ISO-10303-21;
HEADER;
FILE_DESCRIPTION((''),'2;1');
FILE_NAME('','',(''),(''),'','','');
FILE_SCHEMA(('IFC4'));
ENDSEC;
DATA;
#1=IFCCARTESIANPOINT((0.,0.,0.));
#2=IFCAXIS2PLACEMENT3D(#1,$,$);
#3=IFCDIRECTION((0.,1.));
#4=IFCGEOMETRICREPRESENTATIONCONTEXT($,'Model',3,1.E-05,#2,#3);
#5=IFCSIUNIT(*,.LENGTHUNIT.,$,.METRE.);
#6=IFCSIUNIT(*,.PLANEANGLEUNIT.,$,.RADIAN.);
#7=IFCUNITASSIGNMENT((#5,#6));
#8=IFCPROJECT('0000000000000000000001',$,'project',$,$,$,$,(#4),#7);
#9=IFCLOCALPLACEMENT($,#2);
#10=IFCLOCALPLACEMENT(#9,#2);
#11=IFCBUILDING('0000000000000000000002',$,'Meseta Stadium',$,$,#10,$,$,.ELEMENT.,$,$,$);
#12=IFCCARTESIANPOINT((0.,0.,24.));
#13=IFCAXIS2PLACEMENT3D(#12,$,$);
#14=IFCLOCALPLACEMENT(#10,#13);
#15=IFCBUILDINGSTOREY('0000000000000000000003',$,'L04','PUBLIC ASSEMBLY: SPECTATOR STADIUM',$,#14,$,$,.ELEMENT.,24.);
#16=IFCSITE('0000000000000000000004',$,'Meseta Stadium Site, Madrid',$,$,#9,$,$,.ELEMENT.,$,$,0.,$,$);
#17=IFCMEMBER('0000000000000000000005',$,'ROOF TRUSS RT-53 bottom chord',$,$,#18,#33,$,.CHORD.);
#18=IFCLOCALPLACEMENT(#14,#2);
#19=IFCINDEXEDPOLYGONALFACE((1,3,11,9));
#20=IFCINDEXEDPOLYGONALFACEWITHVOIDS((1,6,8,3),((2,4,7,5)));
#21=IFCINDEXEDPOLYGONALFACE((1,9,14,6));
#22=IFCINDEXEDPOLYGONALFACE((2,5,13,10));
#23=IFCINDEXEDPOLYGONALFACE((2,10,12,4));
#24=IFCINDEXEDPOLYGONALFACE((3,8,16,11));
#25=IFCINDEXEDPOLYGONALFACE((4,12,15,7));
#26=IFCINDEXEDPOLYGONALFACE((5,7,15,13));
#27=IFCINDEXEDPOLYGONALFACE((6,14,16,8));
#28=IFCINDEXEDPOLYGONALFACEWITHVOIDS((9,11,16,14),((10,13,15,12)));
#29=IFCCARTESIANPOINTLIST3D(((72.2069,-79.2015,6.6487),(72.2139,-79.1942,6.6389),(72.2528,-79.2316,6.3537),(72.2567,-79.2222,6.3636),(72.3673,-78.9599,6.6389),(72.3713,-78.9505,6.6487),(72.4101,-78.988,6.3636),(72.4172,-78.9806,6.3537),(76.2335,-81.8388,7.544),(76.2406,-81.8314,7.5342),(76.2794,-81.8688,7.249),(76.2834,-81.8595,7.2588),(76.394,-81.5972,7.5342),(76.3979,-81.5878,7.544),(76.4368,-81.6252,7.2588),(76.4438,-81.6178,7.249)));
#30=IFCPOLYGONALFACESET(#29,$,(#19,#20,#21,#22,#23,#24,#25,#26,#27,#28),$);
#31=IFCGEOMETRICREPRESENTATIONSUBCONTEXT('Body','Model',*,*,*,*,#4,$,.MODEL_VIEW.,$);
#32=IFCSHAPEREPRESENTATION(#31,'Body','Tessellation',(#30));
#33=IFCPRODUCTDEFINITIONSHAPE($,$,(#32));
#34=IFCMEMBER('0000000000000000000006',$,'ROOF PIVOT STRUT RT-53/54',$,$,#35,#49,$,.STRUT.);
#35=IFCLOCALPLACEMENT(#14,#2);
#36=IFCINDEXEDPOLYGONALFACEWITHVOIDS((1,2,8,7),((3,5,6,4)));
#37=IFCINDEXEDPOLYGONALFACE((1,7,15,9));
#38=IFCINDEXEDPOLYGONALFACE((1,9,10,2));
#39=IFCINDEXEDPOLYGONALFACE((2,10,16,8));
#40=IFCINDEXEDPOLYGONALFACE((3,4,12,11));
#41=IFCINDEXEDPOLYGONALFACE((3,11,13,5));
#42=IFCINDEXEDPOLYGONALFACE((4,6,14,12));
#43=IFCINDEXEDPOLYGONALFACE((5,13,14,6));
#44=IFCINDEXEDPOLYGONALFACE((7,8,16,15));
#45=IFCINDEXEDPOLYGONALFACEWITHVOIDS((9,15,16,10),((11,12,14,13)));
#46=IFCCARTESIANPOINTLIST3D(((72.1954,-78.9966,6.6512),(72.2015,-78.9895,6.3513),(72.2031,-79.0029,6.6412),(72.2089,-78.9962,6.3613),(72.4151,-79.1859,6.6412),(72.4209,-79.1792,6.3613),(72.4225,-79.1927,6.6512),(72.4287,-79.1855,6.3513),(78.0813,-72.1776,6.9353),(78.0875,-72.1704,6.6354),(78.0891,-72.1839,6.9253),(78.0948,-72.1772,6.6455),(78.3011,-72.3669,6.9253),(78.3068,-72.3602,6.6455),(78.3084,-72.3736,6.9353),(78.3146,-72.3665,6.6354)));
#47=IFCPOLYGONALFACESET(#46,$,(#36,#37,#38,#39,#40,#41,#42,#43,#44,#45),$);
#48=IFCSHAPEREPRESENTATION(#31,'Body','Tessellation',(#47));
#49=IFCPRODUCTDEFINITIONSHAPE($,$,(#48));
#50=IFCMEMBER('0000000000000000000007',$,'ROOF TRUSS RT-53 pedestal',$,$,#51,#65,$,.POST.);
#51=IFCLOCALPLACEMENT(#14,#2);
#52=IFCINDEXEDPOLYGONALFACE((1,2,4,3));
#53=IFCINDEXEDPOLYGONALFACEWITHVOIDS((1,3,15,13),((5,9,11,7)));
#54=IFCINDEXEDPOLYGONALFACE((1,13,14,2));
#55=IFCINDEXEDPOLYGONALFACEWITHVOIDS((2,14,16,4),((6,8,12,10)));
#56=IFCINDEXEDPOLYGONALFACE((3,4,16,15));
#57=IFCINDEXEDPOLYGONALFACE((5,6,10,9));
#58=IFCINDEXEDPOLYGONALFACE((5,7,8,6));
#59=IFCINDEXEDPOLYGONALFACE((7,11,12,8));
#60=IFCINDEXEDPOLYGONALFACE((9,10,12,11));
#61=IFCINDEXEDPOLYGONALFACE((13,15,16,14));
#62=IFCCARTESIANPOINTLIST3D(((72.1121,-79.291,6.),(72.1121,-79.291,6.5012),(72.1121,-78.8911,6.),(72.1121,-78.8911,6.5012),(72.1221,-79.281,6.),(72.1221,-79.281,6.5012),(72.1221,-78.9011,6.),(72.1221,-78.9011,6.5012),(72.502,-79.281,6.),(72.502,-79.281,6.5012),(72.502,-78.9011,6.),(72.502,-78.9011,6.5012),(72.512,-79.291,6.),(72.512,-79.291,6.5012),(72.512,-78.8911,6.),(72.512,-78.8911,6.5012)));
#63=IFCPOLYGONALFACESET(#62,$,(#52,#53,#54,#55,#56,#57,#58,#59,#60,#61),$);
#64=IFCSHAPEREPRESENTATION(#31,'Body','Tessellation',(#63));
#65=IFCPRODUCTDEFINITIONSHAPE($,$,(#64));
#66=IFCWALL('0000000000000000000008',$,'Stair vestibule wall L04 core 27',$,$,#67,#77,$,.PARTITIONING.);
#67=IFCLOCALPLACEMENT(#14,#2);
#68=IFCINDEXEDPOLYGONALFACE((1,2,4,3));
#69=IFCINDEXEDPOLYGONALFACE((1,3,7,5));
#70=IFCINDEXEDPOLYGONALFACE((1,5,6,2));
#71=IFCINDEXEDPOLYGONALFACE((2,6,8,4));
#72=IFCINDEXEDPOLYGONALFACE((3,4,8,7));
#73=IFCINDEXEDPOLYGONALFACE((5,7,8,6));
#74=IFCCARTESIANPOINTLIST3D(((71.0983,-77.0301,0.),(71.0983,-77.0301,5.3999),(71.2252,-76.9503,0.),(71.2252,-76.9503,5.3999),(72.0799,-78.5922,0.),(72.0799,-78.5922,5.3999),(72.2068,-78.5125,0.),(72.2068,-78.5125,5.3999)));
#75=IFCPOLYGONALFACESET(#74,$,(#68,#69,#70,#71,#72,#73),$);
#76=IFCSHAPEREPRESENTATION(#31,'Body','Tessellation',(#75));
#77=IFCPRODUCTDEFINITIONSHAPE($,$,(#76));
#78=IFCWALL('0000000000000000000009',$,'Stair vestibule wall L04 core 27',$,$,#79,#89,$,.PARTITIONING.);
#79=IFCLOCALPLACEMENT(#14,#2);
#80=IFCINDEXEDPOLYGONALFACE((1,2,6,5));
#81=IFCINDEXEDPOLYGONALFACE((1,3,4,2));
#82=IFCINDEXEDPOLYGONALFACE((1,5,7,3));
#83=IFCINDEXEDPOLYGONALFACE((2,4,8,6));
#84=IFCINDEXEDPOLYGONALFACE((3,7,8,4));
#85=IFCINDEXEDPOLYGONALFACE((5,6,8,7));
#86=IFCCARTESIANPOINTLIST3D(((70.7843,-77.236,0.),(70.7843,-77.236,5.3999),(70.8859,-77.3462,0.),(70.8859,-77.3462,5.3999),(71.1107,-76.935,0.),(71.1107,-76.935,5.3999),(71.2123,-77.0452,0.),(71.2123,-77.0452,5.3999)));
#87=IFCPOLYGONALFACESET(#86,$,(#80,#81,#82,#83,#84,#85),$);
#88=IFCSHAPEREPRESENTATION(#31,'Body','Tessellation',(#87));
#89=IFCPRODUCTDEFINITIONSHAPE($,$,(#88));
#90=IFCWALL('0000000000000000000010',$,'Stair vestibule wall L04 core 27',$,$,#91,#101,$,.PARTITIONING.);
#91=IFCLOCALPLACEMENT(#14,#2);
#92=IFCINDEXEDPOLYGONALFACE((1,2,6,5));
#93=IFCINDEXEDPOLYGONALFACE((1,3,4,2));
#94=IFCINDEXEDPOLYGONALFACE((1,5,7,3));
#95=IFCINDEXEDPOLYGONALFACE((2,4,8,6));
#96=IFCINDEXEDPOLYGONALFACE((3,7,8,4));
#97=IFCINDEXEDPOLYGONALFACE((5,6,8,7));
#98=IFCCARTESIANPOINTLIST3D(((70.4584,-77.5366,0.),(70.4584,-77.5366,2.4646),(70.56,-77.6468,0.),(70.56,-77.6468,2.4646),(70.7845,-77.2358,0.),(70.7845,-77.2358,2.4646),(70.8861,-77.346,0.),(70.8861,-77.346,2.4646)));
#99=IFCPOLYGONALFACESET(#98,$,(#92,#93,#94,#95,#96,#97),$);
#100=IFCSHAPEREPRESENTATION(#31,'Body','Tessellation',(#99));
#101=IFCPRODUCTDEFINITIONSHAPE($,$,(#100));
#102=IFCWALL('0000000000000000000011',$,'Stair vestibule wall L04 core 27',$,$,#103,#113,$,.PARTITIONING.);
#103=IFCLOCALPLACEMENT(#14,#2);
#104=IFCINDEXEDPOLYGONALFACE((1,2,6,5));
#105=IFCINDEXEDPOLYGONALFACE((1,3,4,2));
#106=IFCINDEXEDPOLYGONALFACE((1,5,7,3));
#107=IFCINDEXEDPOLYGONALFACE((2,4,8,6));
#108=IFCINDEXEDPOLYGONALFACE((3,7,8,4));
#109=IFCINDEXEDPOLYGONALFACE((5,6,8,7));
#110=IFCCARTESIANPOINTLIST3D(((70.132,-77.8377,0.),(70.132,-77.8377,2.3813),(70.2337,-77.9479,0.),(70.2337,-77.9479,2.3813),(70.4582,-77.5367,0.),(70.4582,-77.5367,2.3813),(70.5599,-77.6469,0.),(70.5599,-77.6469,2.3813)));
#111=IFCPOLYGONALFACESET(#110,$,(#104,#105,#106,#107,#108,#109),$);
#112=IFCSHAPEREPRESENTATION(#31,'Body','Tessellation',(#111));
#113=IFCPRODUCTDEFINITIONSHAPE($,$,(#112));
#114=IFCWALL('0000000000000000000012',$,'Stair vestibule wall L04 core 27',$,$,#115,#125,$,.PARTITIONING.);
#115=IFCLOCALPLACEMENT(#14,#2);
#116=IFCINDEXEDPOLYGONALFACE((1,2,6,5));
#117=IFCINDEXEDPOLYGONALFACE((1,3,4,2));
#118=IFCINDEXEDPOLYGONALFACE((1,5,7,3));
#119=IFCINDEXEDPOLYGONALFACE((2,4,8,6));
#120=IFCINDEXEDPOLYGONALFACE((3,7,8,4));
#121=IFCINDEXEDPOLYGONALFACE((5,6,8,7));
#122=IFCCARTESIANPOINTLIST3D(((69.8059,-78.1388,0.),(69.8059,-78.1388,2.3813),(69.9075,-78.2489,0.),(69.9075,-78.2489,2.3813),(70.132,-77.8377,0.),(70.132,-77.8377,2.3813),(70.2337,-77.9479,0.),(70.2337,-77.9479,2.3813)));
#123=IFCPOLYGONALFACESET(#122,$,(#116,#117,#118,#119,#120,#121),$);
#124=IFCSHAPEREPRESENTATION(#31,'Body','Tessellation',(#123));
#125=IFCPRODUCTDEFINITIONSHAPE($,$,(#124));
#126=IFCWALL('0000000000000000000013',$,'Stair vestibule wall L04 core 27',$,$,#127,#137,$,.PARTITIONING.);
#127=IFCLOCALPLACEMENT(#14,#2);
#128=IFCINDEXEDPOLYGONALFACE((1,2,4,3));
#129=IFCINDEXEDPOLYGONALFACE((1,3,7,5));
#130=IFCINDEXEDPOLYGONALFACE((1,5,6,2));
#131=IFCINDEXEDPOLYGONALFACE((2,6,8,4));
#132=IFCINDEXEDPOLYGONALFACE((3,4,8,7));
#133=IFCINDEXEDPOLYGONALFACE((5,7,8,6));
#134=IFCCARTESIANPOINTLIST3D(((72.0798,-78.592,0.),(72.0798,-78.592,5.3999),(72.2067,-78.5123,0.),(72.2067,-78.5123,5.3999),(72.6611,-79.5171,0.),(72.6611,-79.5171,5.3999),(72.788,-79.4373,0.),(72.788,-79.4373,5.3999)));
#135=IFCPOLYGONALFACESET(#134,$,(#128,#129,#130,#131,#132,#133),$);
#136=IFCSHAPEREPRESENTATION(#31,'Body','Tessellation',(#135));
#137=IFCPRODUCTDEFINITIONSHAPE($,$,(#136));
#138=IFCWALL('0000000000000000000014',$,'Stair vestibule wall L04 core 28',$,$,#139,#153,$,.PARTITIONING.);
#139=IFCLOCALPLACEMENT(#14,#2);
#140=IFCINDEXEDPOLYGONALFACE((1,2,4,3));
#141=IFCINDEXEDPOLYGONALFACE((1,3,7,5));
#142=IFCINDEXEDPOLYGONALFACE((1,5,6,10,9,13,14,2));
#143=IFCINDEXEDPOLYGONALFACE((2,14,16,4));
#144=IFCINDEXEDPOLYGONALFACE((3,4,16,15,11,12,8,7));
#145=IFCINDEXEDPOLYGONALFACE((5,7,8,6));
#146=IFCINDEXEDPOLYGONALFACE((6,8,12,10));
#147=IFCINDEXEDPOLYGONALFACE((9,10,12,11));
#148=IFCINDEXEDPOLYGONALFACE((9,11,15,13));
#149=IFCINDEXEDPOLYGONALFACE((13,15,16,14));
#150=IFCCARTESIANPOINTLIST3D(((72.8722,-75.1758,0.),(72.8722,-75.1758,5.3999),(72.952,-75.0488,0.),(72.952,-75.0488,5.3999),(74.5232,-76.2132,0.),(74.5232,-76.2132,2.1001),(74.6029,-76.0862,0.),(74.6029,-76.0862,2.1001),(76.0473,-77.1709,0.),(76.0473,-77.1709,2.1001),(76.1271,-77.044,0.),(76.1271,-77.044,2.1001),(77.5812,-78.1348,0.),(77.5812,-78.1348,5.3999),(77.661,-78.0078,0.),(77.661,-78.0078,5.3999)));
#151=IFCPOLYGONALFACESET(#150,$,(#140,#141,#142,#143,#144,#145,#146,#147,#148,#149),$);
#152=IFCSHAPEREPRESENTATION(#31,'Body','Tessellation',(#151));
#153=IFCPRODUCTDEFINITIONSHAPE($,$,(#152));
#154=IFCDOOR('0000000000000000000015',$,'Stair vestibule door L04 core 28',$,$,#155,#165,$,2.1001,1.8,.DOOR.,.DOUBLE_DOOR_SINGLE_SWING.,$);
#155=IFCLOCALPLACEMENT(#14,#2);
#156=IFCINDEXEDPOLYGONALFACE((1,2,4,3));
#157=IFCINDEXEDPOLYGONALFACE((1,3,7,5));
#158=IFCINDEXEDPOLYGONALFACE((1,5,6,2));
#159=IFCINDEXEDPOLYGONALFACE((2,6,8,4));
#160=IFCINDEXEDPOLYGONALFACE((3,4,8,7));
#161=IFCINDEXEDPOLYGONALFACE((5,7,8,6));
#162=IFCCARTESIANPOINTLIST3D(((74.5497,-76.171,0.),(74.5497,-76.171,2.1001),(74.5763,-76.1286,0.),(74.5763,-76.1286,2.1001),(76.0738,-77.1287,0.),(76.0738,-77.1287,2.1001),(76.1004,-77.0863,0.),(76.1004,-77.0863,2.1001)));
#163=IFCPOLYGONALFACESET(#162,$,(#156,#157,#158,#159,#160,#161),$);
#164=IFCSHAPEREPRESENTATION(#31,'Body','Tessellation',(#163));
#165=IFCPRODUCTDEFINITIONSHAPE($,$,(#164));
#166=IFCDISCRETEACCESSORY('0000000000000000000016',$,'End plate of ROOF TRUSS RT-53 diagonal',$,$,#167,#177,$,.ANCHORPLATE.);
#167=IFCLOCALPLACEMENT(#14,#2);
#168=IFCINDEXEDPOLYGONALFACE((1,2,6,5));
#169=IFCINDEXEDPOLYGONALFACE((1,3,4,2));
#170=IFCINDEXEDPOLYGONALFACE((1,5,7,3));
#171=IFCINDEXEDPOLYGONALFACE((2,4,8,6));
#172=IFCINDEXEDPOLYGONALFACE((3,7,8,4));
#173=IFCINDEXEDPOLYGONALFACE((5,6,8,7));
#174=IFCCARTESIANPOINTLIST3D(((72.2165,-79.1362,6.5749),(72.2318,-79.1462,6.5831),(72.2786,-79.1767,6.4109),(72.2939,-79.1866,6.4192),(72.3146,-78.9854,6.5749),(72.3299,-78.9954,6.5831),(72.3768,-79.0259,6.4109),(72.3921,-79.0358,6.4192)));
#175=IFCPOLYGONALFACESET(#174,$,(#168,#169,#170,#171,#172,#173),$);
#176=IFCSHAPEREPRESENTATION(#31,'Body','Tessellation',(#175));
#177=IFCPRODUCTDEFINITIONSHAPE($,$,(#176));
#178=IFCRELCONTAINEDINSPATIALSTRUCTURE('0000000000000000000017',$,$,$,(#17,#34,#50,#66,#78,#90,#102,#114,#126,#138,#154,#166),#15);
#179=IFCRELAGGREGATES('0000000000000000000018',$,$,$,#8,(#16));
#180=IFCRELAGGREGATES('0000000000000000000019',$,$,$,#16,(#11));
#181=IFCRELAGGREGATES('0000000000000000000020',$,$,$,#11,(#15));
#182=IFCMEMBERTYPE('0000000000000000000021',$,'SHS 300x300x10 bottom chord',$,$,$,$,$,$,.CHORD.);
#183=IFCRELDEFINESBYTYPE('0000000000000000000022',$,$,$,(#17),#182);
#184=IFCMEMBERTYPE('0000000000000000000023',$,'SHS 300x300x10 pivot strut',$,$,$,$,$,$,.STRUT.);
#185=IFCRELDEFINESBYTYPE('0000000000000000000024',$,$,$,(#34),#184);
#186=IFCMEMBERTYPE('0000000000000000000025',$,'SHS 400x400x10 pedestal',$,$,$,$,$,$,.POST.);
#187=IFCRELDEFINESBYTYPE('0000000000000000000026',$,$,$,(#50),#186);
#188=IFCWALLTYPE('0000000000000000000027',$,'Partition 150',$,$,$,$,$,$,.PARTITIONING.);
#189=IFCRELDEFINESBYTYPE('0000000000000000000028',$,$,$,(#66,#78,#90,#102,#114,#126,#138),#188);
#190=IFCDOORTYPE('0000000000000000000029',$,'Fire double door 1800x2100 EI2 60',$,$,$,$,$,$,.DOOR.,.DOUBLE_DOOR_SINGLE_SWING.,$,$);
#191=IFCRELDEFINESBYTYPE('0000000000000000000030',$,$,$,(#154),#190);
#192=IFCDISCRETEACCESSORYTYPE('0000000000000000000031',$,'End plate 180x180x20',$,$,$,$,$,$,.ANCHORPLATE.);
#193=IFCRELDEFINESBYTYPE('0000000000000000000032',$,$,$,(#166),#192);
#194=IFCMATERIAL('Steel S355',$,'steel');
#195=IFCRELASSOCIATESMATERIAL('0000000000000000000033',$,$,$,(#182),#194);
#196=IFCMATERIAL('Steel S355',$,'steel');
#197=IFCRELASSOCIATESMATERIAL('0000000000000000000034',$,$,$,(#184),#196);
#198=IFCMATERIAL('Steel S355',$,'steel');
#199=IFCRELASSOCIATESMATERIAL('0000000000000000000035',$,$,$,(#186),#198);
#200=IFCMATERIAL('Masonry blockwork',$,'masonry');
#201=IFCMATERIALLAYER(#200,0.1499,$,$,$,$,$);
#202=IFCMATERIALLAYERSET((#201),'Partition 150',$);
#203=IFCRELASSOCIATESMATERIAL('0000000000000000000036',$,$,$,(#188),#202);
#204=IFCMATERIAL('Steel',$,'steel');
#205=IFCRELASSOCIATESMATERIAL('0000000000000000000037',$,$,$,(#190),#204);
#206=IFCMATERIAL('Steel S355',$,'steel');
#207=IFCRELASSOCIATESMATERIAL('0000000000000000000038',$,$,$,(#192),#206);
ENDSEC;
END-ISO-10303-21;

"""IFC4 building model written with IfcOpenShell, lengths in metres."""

from ifc_helpers import new_model, si_unit, direction, frame, frame_2d, origin, origin_2d, place, context, subcontext, project, spatial, rectangle, hollow_rectangle, extrude, material, layer, layer_set, material_profile, profile_set, type_object, element, fill, save


model = new_model("IFC4")

# Units and contexts
model_context = context("Model", 3, precision=1e-05, world=origin(), true_north=direction((0.0, 1.0)))
body_context = subcontext(model_context, "Body", "Model", "MODEL_VIEW")
ifc_project = project(units=[si_unit("LENGTHUNIT", "METRE"), si_unit("PLANEANGLEUNIT", "RADIAN")], contexts=[model_context])

# Site, building, storey
site_placement = place(None, origin())
site = spatial("IfcSite", under=ifc_project, at=site_placement, Name="Meseta Stadium Site, Madrid", CompositionType="ELEMENT", RefElevation=0.0)
building_placement = place(site_placement, origin())
building = spatial("IfcBuilding", under=site, at=building_placement, Name="Meseta Stadium", CompositionType="ELEMENT")
storey_placement = place(building_placement, frame((0.0, 0.0, 24.0)))
storey = spatial("IfcBuildingStorey", under=building, at=storey_placement, Name="L04", Description="PUBLIC ASSEMBLY: SPECTATOR STADIUM", CompositionType="ELEMENT", Elevation=24.0)

# Members
ifc_material_1 = material(Name="Steel S355", Category="steel")
ifc_material_profile_1 = material_profile(ifc_material_1, hollow_rectangle(XDim=0.3, YDim=0.3, WallThickness=0.01, at=origin_2d()), Name="SHS 300x300x10")
ifc_profile_set_1 = profile_set([ifc_material_profile_1], Name="Steel S355")
member_type_1 = type_object("IfcMemberType", Name="SHS 300x300x10 bottom chord", PredefinedType="CHORD", material=ifc_profile_set_1)
member_1_placement = place(storey_placement, frame((72.312, -79.0911, 6.5012), z_axis=(0.822444, -0.538655, 0.182859), x_axis=(0.547893, 0.836549, 0.0)))
element("IfcMember", 1, at=member_1_placement, inside=storey, type_object=member_type_1, Name="ROOF TRUSS RT-53 bottom chord", PredefinedType="CHORD", context=body_context, shape_type="SweptSolid", body=[
    extrude(hollow_rectangle(XDim=0.3, YDim=0.3, WallThickness=0.01, at=origin_2d()), origin(), (0.0, 0.0, 1.0), 4.896),
])
ifc_material_2 = material(Name="Steel S355", Category="steel")
ifc_material_profile_2 = material_profile(ifc_material_2, hollow_rectangle(XDim=0.3, YDim=0.3, WallThickness=0.01, at=origin_2d()), Name="SHS 300x300x10")
ifc_profile_set_2 = profile_set([ifc_material_profile_2], Name="Steel S355")
member_type_2 = type_object("IfcMemberType", Name="SHS 300x300x10 pivot strut", PredefinedType="STRUT", material=ifc_profile_set_2)
member_2_placement = place(storey_placement, frame((72.312, -79.0911, 6.5012), z_axis=(0.65309, 0.756624, 0.031532), x_axis=(-0.757, 0.653415, 0.0)))
element("IfcMember", 2, at=member_2_placement, inside=storey, type_object=member_type_2, Name="ROOF PIVOT STRUT RT-53/54", PredefinedType="STRUT", context=body_context, shape_type="SweptSolid", body=[
    extrude(hollow_rectangle(XDim=0.3, YDim=0.3, WallThickness=0.01, at=origin_2d()), origin(), (0.0, 0.0, 1.0), 9.0125),
])
ifc_material_3 = material(Name="Steel S355", Category="steel")
ifc_material_profile_3 = material_profile(ifc_material_3, hollow_rectangle(XDim=0.3999, YDim=0.3999, WallThickness=0.01, at=origin_2d()), Name="SHS 400x400x10")
ifc_profile_set_3 = profile_set([ifc_material_profile_3], Name="Steel S355")
member_type_3 = type_object("IfcMemberType", Name="SHS 400x400x10 pedestal", PredefinedType="POST", material=ifc_profile_set_3)
member_3_placement = place(storey_placement, frame((72.312, -79.0911, 6.0), z_axis=(0.0, 0.0, 1.0), x_axis=(1.0, 0.0, 0.0)))
element("IfcMember", 3, at=member_3_placement, inside=storey, type_object=member_type_3, Name="ROOF TRUSS RT-53 pedestal", PredefinedType="POST", context=body_context, shape_type="SweptSolid", body=[
    extrude(hollow_rectangle(XDim=0.3999, YDim=0.3999, WallThickness=0.01, at=origin_2d()), origin(), (0.0, 0.0, 1.0), 0.5012),
])

# Walls
ifc_material_4 = material(Name="Masonry blockwork", Category="masonry")
ifc_layer = layer(ifc_material_4, 0.1499)
ifc_layer_set = layer_set([ifc_layer], Name="Partition 150")
wall_type = type_object("IfcWallType", Name="Partition 150", PredefinedType="PARTITIONING", material=ifc_layer_set)
wall_1_placement = place(storey_placement, frame((72.1433, -78.5522, 0.0), z_axis=(0.0, 0.0, 1.0), x_axis=(-0.532055, 0.84671, 0.0)))
element("IfcWall", 4, at=wall_1_placement, inside=storey, type_object=wall_type, Name="Stair vestibule wall L04 core 27", PredefinedType="PARTITIONING", context=body_context, shape_type="SweptSolid", body=[
    extrude(rectangle(XDim=1.845, YDim=0.1499, at=frame_2d((0.9224, 0.0))), origin(), (0.0, 0.0, 1.0), 5.3999),
])
wall_2_placement = place(storey_placement, frame((71.1616, -76.99, 0.0), z_axis=(0.0, 0.0, 1.0), x_axis=(-0.73512, -0.677937, 0.0)))
element("IfcWall", 5, at=wall_2_placement, inside=storey, type_object=wall_type, Name="Stair vestibule wall L04 core 27", PredefinedType="PARTITIONING", context=body_context, shape_type="SweptSolid", body=[
    extrude(rectangle(XDim=0.4441, YDim=0.1499, at=frame_2d((0.2222, 0.0))), origin(), (0.0, 0.0, 1.0), 5.3999),
])
wall_3_placement = place(storey_placement, frame((70.8352, -77.291, 0.0), z_axis=(0.0, 0.0, 1.0), x_axis=(-0.735141, -0.677914, 0.0)))
element("IfcWall", 6, at=wall_3_placement, inside=storey, type_object=wall_type, Name="Stair vestibule wall L04 core 27", PredefinedType="PARTITIONING", context=body_context, shape_type="SweptSolid", body=[
    extrude(rectangle(XDim=0.4436, YDim=0.1499, at=frame_2d((0.2217, 0.0))), origin(), (0.0, 0.0, 1.0), 2.4646),
])
for number, where, z_axis, x_axis, name in (
    (7, (70.509, -77.5918, 0.0), (0.0, 0.0, 1.0), (-0.734867, -0.678212, 0.0), "Stair vestibule wall L04 core 27"),
    (8, (70.1829, -77.8928, 0.0), (0.0, 0.0, 1.0), (-0.734867, -0.678212, 0.0), "Stair vestibule wall L04 core 27"),
):
    element("IfcWall", number, at=place(storey_placement, frame(where, z_axis=z_axis, x_axis=x_axis)), inside=storey, type_object=wall_type, Name=name, PredefinedType="PARTITIONING", context=body_context, shape_type="SweptSolid", body=[
        extrude(rectangle(XDim=0.4438, YDim=0.1499, at=frame_2d((0.2219, 0.0))), origin(), (0.0, 0.0, 1.0), 2.3813),
    ])
wall_4_placement = place(storey_placement, frame((72.7246, -79.4773, 0.0), z_axis=(0.0, 0.0, 1.0), x_axis=(-0.532066, 0.846703, 0.0)))
element("IfcWall", 9, at=wall_4_placement, inside=storey, type_object=wall_type, Name="Stair vestibule wall L04 core 27", PredefinedType="PARTITIONING", context=body_context, shape_type="SweptSolid", body=[
    extrude(rectangle(XDim=1.0925, YDim=0.1499, at=frame_2d((0.5464, 0.0))), origin(), (0.0, 0.0, 1.0), 5.3999),
])

# Wall, opening, door
wall_5_placement = place(storey_placement, frame((72.9121, -75.1123, 0.0), z_axis=(0.0, 0.0, 1.0), x_axis=(0.846713, -0.532049, 0.0)))
wall_5 = element("IfcWall", 10, at=wall_5_placement, inside=storey, type_object=wall_type, Name="Stair vestibule wall L04 core 28", PredefinedType="PARTITIONING", context=body_context, shape_type="SweptSolid", body=[
    extrude(rectangle(XDim=5.5615, YDim=0.1499, at=frame_2d((2.7808, 0.0))), origin(), (0.0, 0.0, 1.0), 5.3999),
])
opening_placement = place(wall_5_placement, frame((1.95, 0.0, 0.0)))
opening = element("IfcOpeningElement", 11, at=opening_placement, cuts=wall_5, PredefinedType="OPENING", context=body_context, shape_type="SweptSolid", body=[
    extrude(rectangle(XDim=1.8, YDim=2.1001, at=frame_2d((0.8999, 1.05))), frame((0.0, 0.085, 0.0), z_axis=(0.0, -1.0, 0.0), x_axis=(1.0, 0.0, 0.0)), (0.0, 0.0, 1.0), 0.1699),
])
ifc_material_5 = material(Name="Steel", Category="steel")
door_type = type_object("IfcDoorType", Name="Fire double door 1800x2100 EI2 60", OperationType="DOUBLE_DOOR_SINGLE_SWING", PredefinedType="DOOR", material=ifc_material_5)
door_placement = place(opening_placement, origin())
door = element("IfcDoor", 12, at=door_placement, inside=storey, type_object=door_type, Name="Stair vestibule door L04 core 28", OperationType="DOUBLE_DOOR_SINGLE_SWING", OverallHeight=2.1001, OverallWidth=1.8, PredefinedType="DOOR", context=body_context, shape_type="SweptSolid", body=[
    extrude(rectangle(XDim=1.8, YDim=2.1001, at=frame_2d((0.8999, 1.05))), frame((0.0, 0.0249, 0.0), z_axis=(0.0, -1.0, 0.0), x_axis=(1.0, 0.0, 0.0)), (0.0, 0.0, 1.0), 0.05),
])
fill(opening, door)

# Discrete accessory
ifc_material_6 = material(Name="Steel S355", Category="steel")
ifc_material_profile_4 = material_profile(ifc_material_6, rectangle(XDim=0.1799, YDim=0.1799, at=origin_2d()), Name="PL 180x180")
ifc_profile_set_4 = profile_set([ifc_material_profile_4], Name="Steel S355")
discrete_accessory_type_1 = type_object("IfcDiscreteAccessoryType", Name="End plate 180x180x20", PredefinedType="ANCHORPLATE", material=ifc_profile_set_4)
discrete_accessory_1_placement = place(storey_placement, frame((72.2966, -79.0811, 6.4929), z_axis=(0.76365, -0.496979, 0.412129), x_axis=(0.545456, 0.83814, 0.0)))
element("IfcDiscreteAccessory", 13, at=discrete_accessory_1_placement, inside=storey, type_object=discrete_accessory_type_1, Name="End plate of ROOF TRUSS RT-53 diagonal", PredefinedType="ANCHORPLATE", context=body_context, shape_type="SweptSolid", body=[
    extrude(rectangle(XDim=0.1799, YDim=0.1799, at=origin_2d()), origin(), (0.0, 0.0, 1.0), 0.02),
])

save(model, "model.ifc")
